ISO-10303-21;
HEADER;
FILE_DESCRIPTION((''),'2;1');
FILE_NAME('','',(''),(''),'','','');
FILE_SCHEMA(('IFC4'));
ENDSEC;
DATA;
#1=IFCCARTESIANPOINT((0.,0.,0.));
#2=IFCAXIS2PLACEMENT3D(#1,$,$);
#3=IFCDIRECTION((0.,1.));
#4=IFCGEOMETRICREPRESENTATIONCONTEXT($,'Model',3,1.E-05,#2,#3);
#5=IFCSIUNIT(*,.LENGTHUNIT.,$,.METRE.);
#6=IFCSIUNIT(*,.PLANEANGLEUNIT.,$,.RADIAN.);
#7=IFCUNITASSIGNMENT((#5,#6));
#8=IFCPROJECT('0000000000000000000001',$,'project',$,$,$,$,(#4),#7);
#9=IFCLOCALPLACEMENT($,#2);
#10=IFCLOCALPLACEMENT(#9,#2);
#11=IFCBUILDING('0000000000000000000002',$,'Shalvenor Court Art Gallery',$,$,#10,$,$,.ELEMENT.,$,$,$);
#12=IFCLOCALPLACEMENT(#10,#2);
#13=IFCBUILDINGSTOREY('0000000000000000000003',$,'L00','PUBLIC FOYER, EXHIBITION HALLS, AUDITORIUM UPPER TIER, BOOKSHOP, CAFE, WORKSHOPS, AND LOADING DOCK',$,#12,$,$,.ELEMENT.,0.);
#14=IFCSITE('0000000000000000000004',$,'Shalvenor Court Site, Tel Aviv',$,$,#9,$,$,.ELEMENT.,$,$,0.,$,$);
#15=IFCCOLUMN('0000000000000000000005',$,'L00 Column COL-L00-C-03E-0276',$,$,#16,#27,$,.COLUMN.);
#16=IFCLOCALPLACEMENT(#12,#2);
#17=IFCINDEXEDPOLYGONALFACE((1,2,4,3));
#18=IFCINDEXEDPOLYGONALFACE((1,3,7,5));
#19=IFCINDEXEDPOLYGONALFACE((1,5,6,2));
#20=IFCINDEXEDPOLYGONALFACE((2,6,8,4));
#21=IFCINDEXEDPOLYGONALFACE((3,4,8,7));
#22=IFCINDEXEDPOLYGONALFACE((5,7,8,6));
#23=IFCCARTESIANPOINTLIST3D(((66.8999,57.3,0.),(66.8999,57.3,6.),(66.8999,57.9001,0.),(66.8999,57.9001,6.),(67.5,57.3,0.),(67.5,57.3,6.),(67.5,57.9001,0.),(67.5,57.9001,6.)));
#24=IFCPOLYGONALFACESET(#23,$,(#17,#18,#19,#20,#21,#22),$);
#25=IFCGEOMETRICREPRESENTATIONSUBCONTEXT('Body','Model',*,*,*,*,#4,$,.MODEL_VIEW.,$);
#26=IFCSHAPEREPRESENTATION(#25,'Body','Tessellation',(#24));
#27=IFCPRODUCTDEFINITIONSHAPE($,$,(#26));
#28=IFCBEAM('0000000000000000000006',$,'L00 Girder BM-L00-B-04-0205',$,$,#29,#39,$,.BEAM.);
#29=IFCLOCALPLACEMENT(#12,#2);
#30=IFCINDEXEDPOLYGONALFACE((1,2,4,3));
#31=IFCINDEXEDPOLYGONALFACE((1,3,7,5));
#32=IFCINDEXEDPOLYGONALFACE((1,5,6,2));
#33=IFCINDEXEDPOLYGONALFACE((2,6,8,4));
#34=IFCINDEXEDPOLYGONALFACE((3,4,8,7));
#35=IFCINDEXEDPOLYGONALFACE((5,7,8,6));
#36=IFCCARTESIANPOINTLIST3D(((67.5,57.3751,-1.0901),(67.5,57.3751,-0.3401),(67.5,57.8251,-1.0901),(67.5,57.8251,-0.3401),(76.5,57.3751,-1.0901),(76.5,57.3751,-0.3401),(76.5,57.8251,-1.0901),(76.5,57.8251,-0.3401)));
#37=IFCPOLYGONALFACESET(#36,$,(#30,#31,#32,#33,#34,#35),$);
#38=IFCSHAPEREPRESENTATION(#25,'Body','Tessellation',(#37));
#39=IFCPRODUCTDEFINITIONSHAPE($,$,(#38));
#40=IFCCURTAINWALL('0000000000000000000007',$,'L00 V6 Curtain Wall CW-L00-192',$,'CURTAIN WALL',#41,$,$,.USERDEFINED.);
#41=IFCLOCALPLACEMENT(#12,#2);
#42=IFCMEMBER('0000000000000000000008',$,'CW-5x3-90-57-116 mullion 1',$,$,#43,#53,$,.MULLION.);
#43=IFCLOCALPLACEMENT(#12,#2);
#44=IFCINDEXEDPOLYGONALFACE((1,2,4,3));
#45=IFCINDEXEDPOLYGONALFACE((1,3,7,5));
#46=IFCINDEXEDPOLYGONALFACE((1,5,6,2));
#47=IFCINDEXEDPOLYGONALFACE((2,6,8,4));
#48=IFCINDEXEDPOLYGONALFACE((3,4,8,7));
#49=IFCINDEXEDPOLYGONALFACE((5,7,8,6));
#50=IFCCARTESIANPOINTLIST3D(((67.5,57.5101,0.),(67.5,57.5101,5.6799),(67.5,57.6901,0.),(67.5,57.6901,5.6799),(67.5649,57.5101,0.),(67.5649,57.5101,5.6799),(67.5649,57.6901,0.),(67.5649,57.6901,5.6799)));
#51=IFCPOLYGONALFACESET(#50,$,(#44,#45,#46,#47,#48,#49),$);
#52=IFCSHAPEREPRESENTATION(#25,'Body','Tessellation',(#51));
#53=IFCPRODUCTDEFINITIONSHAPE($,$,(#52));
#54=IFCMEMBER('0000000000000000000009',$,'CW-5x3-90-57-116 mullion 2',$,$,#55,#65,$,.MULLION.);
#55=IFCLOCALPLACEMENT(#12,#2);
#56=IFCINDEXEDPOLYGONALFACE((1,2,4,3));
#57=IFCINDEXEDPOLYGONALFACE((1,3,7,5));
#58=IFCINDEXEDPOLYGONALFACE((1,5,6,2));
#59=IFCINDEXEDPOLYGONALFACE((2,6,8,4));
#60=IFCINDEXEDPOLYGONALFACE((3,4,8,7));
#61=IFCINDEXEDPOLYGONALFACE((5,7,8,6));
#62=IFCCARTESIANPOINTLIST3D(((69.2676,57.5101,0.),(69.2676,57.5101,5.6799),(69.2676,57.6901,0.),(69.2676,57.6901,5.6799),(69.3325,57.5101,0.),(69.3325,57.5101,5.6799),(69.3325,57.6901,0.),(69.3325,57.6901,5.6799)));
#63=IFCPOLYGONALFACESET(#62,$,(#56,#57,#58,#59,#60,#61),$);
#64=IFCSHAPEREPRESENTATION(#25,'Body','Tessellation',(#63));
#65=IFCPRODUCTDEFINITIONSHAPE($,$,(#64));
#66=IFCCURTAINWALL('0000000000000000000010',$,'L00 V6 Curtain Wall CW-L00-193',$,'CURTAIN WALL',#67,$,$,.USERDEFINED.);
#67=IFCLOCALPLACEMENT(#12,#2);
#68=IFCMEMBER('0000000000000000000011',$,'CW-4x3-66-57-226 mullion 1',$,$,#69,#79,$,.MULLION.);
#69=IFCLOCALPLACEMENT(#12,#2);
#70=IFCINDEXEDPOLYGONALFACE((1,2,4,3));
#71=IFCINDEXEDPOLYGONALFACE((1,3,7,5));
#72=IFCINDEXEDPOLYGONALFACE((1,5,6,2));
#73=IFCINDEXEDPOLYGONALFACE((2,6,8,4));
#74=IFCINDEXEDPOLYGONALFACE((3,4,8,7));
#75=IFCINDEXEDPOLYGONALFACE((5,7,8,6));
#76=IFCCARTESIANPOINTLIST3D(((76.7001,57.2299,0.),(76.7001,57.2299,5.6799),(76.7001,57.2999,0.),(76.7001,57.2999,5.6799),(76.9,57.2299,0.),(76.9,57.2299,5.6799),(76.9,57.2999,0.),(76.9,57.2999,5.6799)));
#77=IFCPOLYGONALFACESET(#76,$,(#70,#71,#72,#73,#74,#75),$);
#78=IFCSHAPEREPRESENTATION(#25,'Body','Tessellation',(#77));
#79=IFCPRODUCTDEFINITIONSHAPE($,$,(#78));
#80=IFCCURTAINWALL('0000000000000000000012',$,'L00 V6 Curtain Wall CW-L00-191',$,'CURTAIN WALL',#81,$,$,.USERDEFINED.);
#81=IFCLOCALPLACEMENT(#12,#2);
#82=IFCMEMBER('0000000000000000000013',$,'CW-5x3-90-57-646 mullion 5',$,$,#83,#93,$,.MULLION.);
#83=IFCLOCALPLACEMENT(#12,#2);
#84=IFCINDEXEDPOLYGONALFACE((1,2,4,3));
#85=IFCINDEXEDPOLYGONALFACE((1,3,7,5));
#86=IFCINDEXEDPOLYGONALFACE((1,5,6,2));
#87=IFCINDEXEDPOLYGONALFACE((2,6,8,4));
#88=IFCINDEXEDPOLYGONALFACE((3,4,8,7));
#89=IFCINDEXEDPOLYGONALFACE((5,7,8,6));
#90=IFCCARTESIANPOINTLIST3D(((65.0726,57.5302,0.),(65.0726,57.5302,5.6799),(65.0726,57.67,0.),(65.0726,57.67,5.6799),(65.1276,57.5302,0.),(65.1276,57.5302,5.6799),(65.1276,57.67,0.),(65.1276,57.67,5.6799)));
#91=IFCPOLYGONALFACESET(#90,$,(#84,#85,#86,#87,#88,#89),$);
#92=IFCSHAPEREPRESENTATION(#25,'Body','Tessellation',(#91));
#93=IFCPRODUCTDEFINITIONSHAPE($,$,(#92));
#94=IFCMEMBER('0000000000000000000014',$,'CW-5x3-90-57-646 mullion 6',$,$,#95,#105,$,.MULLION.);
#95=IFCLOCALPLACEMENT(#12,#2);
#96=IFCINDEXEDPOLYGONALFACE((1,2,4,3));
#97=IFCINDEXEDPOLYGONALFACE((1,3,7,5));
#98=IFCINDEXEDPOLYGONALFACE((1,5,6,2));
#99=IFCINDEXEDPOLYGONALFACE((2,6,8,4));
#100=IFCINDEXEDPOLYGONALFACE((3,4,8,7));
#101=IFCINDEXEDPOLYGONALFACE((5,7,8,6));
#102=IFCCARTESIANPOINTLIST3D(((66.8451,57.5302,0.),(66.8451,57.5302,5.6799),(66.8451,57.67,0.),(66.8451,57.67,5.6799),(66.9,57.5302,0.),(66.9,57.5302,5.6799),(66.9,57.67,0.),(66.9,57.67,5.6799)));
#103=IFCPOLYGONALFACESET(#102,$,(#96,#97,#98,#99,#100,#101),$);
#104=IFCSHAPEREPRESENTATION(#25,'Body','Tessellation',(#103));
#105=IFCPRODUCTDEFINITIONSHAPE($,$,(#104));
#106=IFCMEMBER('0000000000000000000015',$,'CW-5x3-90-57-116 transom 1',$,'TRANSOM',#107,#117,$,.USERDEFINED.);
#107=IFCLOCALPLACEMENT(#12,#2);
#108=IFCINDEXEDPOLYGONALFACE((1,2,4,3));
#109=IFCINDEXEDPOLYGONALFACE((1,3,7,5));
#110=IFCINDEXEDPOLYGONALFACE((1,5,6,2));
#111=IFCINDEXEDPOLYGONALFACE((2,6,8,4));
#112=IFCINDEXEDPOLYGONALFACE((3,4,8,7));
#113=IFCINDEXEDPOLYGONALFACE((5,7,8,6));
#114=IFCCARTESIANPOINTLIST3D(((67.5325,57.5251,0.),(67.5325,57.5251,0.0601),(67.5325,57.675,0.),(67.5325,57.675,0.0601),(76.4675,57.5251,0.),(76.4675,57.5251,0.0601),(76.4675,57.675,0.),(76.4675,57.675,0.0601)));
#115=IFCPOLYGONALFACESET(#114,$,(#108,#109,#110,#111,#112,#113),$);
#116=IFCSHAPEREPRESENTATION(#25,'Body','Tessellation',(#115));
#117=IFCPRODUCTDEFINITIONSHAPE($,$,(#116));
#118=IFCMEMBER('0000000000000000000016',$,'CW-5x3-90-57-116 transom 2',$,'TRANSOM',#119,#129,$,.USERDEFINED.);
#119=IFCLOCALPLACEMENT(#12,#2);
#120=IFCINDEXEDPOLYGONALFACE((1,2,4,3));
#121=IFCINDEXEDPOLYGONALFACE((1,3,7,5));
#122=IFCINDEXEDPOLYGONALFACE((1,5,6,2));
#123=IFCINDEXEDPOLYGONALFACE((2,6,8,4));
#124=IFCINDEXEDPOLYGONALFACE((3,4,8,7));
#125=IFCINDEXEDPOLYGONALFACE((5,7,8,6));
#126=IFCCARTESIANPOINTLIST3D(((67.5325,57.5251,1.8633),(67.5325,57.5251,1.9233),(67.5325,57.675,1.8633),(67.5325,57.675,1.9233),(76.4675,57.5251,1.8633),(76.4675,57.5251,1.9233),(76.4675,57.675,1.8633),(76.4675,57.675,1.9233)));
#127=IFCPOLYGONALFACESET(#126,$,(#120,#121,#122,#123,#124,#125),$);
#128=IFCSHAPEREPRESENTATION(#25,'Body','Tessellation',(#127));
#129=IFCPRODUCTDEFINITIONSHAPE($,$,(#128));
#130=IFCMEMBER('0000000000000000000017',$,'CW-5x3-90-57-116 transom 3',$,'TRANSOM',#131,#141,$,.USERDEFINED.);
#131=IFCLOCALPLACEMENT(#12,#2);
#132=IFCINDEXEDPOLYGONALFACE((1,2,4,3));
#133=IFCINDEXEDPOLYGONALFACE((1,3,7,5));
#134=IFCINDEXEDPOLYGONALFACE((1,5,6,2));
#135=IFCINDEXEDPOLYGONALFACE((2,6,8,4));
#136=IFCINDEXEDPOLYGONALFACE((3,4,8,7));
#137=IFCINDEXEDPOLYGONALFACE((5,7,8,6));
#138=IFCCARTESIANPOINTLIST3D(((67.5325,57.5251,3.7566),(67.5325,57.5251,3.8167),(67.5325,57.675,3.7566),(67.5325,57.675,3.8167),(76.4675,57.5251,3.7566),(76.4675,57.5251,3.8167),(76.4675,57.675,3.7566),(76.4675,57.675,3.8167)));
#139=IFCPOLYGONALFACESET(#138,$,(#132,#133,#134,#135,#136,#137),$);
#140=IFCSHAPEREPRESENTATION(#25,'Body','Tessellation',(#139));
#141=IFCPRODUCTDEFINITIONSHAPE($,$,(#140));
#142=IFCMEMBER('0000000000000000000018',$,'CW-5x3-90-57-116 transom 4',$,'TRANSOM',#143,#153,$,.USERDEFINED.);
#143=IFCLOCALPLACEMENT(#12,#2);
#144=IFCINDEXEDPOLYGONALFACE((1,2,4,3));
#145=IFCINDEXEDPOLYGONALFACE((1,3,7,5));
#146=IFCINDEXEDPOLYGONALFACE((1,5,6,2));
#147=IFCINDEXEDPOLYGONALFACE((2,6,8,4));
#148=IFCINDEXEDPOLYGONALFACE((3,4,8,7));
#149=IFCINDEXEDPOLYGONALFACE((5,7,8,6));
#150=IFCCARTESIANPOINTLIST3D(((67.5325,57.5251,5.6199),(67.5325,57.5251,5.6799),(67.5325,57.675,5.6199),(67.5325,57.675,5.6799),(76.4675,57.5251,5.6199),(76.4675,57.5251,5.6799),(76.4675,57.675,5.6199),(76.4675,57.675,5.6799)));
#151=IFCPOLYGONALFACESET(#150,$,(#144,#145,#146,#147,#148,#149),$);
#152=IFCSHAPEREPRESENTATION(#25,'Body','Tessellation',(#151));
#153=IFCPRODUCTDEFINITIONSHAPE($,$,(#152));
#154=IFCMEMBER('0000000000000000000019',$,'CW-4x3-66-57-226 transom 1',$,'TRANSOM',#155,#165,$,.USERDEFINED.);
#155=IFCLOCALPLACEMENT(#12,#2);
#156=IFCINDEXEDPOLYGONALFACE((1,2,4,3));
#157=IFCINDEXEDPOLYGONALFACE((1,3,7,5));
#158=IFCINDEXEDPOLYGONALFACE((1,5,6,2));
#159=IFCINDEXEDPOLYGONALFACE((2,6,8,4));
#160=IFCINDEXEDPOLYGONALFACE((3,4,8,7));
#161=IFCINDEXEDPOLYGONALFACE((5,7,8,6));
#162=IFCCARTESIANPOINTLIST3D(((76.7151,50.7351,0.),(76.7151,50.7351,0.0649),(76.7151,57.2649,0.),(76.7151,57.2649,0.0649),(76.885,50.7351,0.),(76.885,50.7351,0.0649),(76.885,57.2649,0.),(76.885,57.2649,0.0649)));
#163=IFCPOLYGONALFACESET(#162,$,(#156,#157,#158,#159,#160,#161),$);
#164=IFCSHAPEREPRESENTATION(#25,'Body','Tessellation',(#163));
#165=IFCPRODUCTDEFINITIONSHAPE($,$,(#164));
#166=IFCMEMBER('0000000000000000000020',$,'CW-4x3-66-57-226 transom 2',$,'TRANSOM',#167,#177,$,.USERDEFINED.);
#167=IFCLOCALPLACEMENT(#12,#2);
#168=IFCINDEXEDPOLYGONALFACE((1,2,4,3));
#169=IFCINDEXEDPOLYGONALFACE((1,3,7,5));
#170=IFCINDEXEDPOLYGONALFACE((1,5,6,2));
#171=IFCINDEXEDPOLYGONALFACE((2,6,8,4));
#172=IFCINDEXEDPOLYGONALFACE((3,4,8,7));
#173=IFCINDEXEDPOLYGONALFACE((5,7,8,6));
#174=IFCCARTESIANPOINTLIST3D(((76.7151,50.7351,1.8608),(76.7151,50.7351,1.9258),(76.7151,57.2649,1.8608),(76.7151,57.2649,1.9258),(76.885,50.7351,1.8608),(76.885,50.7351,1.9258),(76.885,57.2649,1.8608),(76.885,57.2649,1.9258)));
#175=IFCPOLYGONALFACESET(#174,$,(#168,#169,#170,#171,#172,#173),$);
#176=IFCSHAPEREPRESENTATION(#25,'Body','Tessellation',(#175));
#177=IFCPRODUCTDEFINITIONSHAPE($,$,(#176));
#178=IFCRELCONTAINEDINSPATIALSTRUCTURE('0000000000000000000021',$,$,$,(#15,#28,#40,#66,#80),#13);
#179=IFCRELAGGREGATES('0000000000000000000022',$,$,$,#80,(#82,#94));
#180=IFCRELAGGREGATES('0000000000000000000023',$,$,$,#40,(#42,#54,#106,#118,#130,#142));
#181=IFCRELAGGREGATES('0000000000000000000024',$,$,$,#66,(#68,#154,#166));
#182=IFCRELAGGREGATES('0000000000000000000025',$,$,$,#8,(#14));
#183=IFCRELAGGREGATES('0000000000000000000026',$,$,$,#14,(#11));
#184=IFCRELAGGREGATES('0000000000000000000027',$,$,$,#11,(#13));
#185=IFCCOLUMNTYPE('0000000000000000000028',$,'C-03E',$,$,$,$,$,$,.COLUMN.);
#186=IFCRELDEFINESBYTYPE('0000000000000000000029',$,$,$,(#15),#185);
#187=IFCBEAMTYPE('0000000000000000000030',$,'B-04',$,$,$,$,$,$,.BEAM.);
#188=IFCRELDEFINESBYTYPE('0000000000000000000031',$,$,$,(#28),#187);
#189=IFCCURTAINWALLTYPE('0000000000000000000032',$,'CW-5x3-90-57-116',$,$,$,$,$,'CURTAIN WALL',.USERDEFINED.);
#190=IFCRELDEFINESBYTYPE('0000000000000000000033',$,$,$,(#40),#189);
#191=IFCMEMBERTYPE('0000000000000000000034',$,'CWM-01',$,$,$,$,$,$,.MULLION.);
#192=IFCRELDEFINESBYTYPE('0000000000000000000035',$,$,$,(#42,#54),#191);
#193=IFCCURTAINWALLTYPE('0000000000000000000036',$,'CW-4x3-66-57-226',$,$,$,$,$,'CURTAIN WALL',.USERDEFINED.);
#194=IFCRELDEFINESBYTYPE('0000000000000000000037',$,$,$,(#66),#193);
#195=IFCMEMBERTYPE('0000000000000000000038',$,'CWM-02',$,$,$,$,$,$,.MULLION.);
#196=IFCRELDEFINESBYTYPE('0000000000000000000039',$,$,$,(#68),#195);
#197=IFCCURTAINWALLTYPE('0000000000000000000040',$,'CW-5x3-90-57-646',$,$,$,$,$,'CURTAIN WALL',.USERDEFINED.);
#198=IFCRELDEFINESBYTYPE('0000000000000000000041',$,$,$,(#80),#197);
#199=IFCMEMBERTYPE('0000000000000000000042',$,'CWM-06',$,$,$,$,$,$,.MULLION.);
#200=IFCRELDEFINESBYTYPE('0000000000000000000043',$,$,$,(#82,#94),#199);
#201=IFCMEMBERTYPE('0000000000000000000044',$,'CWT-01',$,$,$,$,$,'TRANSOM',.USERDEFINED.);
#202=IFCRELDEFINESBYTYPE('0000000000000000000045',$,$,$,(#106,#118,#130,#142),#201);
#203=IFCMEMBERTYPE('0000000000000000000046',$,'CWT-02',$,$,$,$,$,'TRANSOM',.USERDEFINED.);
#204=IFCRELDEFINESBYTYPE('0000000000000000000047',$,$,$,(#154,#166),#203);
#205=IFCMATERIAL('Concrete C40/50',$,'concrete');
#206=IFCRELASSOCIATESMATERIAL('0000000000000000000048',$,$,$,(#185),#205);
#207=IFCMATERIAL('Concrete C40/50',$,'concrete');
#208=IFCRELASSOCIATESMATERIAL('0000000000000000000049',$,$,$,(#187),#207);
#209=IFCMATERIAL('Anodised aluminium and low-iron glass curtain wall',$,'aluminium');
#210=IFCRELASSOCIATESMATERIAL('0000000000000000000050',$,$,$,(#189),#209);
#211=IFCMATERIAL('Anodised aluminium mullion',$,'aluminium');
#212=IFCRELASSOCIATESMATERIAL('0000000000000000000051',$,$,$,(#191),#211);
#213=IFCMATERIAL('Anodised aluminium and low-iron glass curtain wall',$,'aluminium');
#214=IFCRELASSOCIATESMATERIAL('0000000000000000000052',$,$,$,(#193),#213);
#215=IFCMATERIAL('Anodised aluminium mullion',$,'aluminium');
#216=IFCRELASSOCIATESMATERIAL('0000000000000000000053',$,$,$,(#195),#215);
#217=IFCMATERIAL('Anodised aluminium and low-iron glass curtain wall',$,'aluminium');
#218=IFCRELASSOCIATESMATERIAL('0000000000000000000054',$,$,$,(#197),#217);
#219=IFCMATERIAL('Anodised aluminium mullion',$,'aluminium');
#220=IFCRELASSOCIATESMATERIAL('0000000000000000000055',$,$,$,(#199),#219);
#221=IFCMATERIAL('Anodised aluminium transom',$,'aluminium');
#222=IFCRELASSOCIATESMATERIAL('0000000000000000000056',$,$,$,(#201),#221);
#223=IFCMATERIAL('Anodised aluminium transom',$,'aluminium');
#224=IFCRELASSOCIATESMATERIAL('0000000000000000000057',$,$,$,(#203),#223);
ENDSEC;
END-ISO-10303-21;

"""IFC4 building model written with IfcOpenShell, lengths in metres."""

from ifc_helpers import new_model, si_unit, direction, frame, origin, origin_2d, place, context, subcontext, project, spatial, rectangle, extrude, material, material_profile, profile_set, type_object, element, aggregate, save


model = new_model("IFC4")

# Units and contexts
model_context = context("Model", 3, precision=1e-05, world=origin(), true_north=direction((0.0, 1.0)))
body_context = subcontext(model_context, "Body", "Model", "MODEL_VIEW")
ifc_project = project(units=[si_unit("LENGTHUNIT", "METRE"), si_unit("PLANEANGLEUNIT", "RADIAN")], contexts=[model_context])

# Site, building, storey
site_placement = place(None, origin())
site = spatial("IfcSite", under=ifc_project, at=site_placement, Name="Shalvenor Court Site, Tel Aviv", CompositionType="ELEMENT", RefElevation=0.0)
building_placement = place(site_placement, origin())
building = spatial("IfcBuilding", under=site, at=building_placement, Name="Shalvenor Court Art Gallery", CompositionType="ELEMENT")
storey_placement = place(building_placement, origin())
storey = spatial("IfcBuildingStorey", under=building, at=storey_placement, Name="L00", Description="PUBLIC FOYER, EXHIBITION HALLS, AUDITORIUM UPPER TIER, BOOKSHOP, CAFE, WORKSHOPS, AND LOADING DOCK", CompositionType="ELEMENT", Elevation=0.0)

# Column
ifc_material_1 = material(Name="Concrete C40/50", Category="concrete")
ifc_material_profile_1 = material_profile(ifc_material_1, rectangle(XDim=0.6001, YDim=0.6001, at=origin_2d()), Name="RC 600x600")
ifc_profile_set_1 = profile_set([ifc_material_profile_1], Name="Concrete C40/50")
column_type = type_object("IfcColumnType", Name="C-03E", PredefinedType="COLUMN", material=ifc_profile_set_1)
column_placement = place(storey_placement, frame((67.2, 57.6001, 0.0), z_axis=(0.0, 0.0, 1.0), x_axis=(1.0, 0.0, 0.0)))
element("IfcColumn", 1, at=column_placement, inside=storey, type_object=column_type, Name="L00 Column COL-L00-C-03E-0276", PredefinedType="COLUMN", context=body_context, shape_type="SweptSolid", body=[
    extrude(rectangle(XDim=0.6001, YDim=0.6001, at=origin_2d()), origin(), (0.0, 0.0, 1.0), 6.0),
])

# Beam
ifc_material_2 = material(Name="Concrete C40/50", Category="concrete")
ifc_material_profile_2 = material_profile(ifc_material_2, rectangle(XDim=0.45, YDim=0.75, at=origin_2d()), Name="RC 450x750")
ifc_profile_set_2 = profile_set([ifc_material_profile_2], Name="Concrete C40/50")
beam_type = type_object("IfcBeamType", Name="B-04", PredefinedType="BEAM", material=ifc_profile_set_2)
beam_placement = place(storey_placement, frame((67.5, 57.6001, -0.7151), z_axis=(1.0, 0.0, 0.0), x_axis=(0.0, 1.0, 0.0)))
element("IfcBeam", 2, at=beam_placement, inside=storey, type_object=beam_type, Name="L00 Girder BM-L00-B-04-0205", PredefinedType="BEAM", context=body_context, shape_type="SweptSolid", body=[
    extrude(rectangle(XDim=0.45, YDim=0.75, at=origin_2d()), origin(), (0.0, 0.0, 1.0), 9.0),
])

# Curtain wall, members
ifc_material_3 = material(Name="Anodised aluminium and low-iron glass curtain wall", Category="aluminium")
curtain_wall_type_1 = type_object("IfcCurtainWallType", Name="CW-5x3-90-57-116", ElementType="CURTAIN WALL", PredefinedType="USERDEFINED", material=ifc_material_3)
curtain_wall_1_placement = place(storey_placement, origin())
curtain_wall_1 = element("IfcCurtainWall", 3, at=curtain_wall_1_placement, inside=storey, type_object=curtain_wall_type_1, Name="L00 V6 Curtain Wall CW-L00-192", ObjectType="CURTAIN WALL", PredefinedType="USERDEFINED")
ifc_material_4 = material(Name="Anodised aluminium mullion", Category="aluminium")
ifc_material_profile_3 = material_profile(ifc_material_4, rectangle(XDim=0.0649, YDim=0.1799, at=origin_2d()), Name="CWM-01")
ifc_profile_set_3 = profile_set([ifc_material_profile_3], Name="Anodised aluminium mullion")
member_type_1 = type_object("IfcMemberType", Name="CWM-01", PredefinedType="MULLION", material=ifc_profile_set_3)
member_1_placement = place(storey_placement, frame((67.5325, 57.6001, 0.0), z_axis=(0.0, 0.0, 1.0), x_axis=(1.0, 0.0, 0.0)))
member_1 = element("IfcMember", 4, at=member_1_placement, type_object=member_type_1, Name="CW-5x3-90-57-116 mullion 1", PredefinedType="MULLION", context=body_context, shape_type="SweptSolid", body=[
    extrude(rectangle(XDim=0.0649, YDim=0.1799, at=origin_2d()), origin(), (0.0, 0.0, 1.0), 5.6799),
])
member_2_placement = place(storey_placement, frame((69.3, 57.6001, 0.0), z_axis=(0.0, 0.0, 1.0), x_axis=(1.0, 0.0, 0.0)))
member_2 = element("IfcMember", 5, at=member_2_placement, type_object=member_type_1, Name="CW-5x3-90-57-116 mullion 2", PredefinedType="MULLION", context=body_context, shape_type="SweptSolid", body=[
    extrude(rectangle(XDim=0.0649, YDim=0.1799, at=origin_2d()), origin(), (0.0, 0.0, 1.0), 5.6799),
])

# Curtain wall, member
ifc_material_5 = material(Name="Anodised aluminium and low-iron glass curtain wall", Category="aluminium")
curtain_wall_type_2 = type_object("IfcCurtainWallType", Name="CW-4x3-66-57-226", ElementType="CURTAIN WALL", PredefinedType="USERDEFINED", material=ifc_material_5)
curtain_wall_2_placement = place(storey_placement, origin())
curtain_wall_2 = element("IfcCurtainWall", 6, at=curtain_wall_2_placement, inside=storey, type_object=curtain_wall_type_2, Name="L00 V6 Curtain Wall CW-L00-193", ObjectType="CURTAIN WALL", PredefinedType="USERDEFINED")
ifc_material_6 = material(Name="Anodised aluminium mullion", Category="aluminium")
ifc_material_profile_4 = material_profile(ifc_material_6, rectangle(XDim=0.0701, YDim=0.2, at=origin_2d()), Name="CWM-02")
ifc_profile_set_4 = profile_set([ifc_material_profile_4], Name="Anodised aluminium mullion")
member_type_2 = type_object("IfcMemberType", Name="CWM-02", PredefinedType="MULLION", material=ifc_profile_set_4)
member_3_placement = place(storey_placement, frame((76.8, 57.2649, 0.0), z_axis=(0.0, 0.0, 1.0), x_axis=(0.0, -1.0, 0.0)))
member_3 = element("IfcMember", 7, at=member_3_placement, type_object=member_type_2, Name="CW-4x3-66-57-226 mullion 1", PredefinedType="MULLION", context=body_context, shape_type="SweptSolid", body=[
    extrude(rectangle(XDim=0.0701, YDim=0.2, at=origin_2d()), origin(), (0.0, 0.0, 1.0), 5.6799),
])

# Curtain wall, members
ifc_material_7 = material(Name="Anodised aluminium and low-iron glass curtain wall", Category="aluminium")
curtain_wall_type_3 = type_object("IfcCurtainWallType", Name="CW-5x3-90-57-646", ElementType="CURTAIN WALL", PredefinedType="USERDEFINED", material=ifc_material_7)
curtain_wall_3_placement = place(storey_placement, origin())
curtain_wall_3 = element("IfcCurtainWall", 8, at=curtain_wall_3_placement, inside=storey, type_object=curtain_wall_type_3, Name="L00 V6 Curtain Wall CW-L00-191", ObjectType="CURTAIN WALL", PredefinedType="USERDEFINED")
ifc_material_8 = material(Name="Anodised aluminium mullion", Category="aluminium")
ifc_material_profile_5 = material_profile(ifc_material_8, rectangle(XDim=0.0549, YDim=0.1399, at=origin_2d()), Name="CWM-06")
ifc_profile_set_5 = profile_set([ifc_material_profile_5], Name="Anodised aluminium mullion")
member_type_3 = type_object("IfcMemberType", Name="CWM-06", PredefinedType="MULLION", material=ifc_profile_set_5)
member_4_placement = place(storey_placement, frame((65.1001, 57.6001, 0.0), z_axis=(0.0, 0.0, 1.0), x_axis=(1.0, 0.0, 0.0)))
member_4 = element("IfcMember", 9, at=member_4_placement, type_object=member_type_3, Name="CW-5x3-90-57-646 mullion 5", PredefinedType="MULLION", context=body_context, shape_type="SweptSolid", body=[
    extrude(rectangle(XDim=0.0549, YDim=0.1399, at=origin_2d()), origin(), (0.0, 0.0, 1.0), 5.6799),
])
member_5_placement = place(storey_placement, frame((66.8726, 57.6001, 0.0), z_axis=(0.0, 0.0, 1.0), x_axis=(1.0, 0.0, 0.0)))
member_5 = element("IfcMember", 10, at=member_5_placement, type_object=member_type_3, Name="CW-5x3-90-57-646 mullion 6", PredefinedType="MULLION", context=body_context, shape_type="SweptSolid", body=[
    extrude(rectangle(XDim=0.0549, YDim=0.1399, at=origin_2d()), origin(), (0.0, 0.0, 1.0), 5.6799),
])

# Members
ifc_material_9 = material(Name="Anodised aluminium transom", Category="aluminium")
ifc_material_profile_6 = material_profile(ifc_material_9, rectangle(XDim=0.1499, YDim=0.0601, at=origin_2d()), Name="CWT-01")
ifc_profile_set_6 = profile_set([ifc_material_profile_6], Name="Anodised aluminium transom")
member_type_4 = type_object("IfcMemberType", Name="CWT-01", ElementType="TRANSOM", PredefinedType="USERDEFINED", material=ifc_profile_set_6)
member_6_placement = place(storey_placement, frame((67.5325, 57.6001, 0.03), z_axis=(1.0, 0.0, 0.0), x_axis=(0.0, 1.0, 0.0)))
member_6 = element("IfcMember", 11, at=member_6_placement, type_object=member_type_4, Name="CW-5x3-90-57-116 transom 1", ObjectType="TRANSOM", PredefinedType="USERDEFINED", context=body_context, shape_type="SweptSolid", body=[
    extrude(rectangle(XDim=0.1499, YDim=0.0601, at=origin_2d()), origin(), (0.0, 0.0, 1.0), 8.9351),
])
member_7_placement = place(storey_placement, frame((67.5325, 57.6001, 1.8933), z_axis=(1.0, 0.0, 0.0), x_axis=(0.0, 1.0, 0.0)))
member_7 = element("IfcMember", 12, at=member_7_placement, type_object=member_type_4, Name="CW-5x3-90-57-116 transom 2", ObjectType="TRANSOM", PredefinedType="USERDEFINED", context=body_context, shape_type="SweptSolid", body=[
    extrude(rectangle(XDim=0.1499, YDim=0.0601, at=origin_2d()), origin(), (0.0, 0.0, 1.0), 8.9351),
])
member_8_placement = place(storey_placement, frame((67.5325, 57.6001, 3.7866), z_axis=(1.0, 0.0, 0.0), x_axis=(0.0, 1.0, 0.0)))
member_8 = element("IfcMember", 13, at=member_8_placement, type_object=member_type_4, Name="CW-5x3-90-57-116 transom 3", ObjectType="TRANSOM", PredefinedType="USERDEFINED", context=body_context, shape_type="SweptSolid", body=[
    extrude(rectangle(XDim=0.1499, YDim=0.0601, at=origin_2d()), origin(), (0.0, 0.0, 1.0), 8.9351),
])
member_9_placement = place(storey_placement, frame((67.5325, 57.6001, 5.6499), z_axis=(1.0, 0.0, 0.0), x_axis=(0.0, 1.0, 0.0)))
member_9 = element("IfcMember", 14, at=member_9_placement, type_object=member_type_4, Name="CW-5x3-90-57-116 transom 4", ObjectType="TRANSOM", PredefinedType="USERDEFINED", context=body_context, shape_type="SweptSolid", body=[
    extrude(rectangle(XDim=0.1499, YDim=0.0601, at=origin_2d()), origin(), (0.0, 0.0, 1.0), 8.9351),
])
ifc_material_10 = material(Name="Anodised aluminium transom", Category="aluminium")
ifc_material_profile_7 = material_profile(ifc_material_10, rectangle(XDim=0.1699, YDim=0.0649, at=origin_2d()), Name="CWT-02")
ifc_profile_set_7 = profile_set([ifc_material_profile_7], Name="Anodised aluminium transom")
member_type_5 = type_object("IfcMemberType", Name="CWT-02", ElementType="TRANSOM", PredefinedType="USERDEFINED", material=ifc_profile_set_7)
member_10_placement = place(storey_placement, frame((76.8, 57.2649, 0.0325), z_axis=(0.0, -1.0, 0.0), x_axis=(1.0, 0.0, 0.0)))
member_10 = element("IfcMember", 15, at=member_10_placement, type_object=member_type_5, Name="CW-4x3-66-57-226 transom 1", ObjectType="TRANSOM", PredefinedType="USERDEFINED", context=body_context, shape_type="SweptSolid", body=[
    extrude(rectangle(XDim=0.1699, YDim=0.0649, at=origin_2d()), origin(), (0.0, 0.0, 1.0), 6.5298),
])
member_11_placement = place(storey_placement, frame((76.8, 57.2649, 1.8933), z_axis=(0.0, -1.0, 0.0), x_axis=(1.0, 0.0, 0.0)))
member_11 = element("IfcMember", 16, at=member_11_placement, type_object=member_type_5, Name="CW-4x3-66-57-226 transom 2", ObjectType="TRANSOM", PredefinedType="USERDEFINED", context=body_context, shape_type="SweptSolid", body=[
    extrude(rectangle(XDim=0.1699, YDim=0.0649, at=origin_2d()), origin(), (0.0, 0.0, 1.0), 6.5298),
])

aggregate(curtain_wall_3, [member_4, member_5])
aggregate(curtain_wall_1, [member_1, member_2, member_6, member_7, member_8, member_9])
aggregate(curtain_wall_2, [member_3, member_10, member_11])

save(model, "model.ifc")
